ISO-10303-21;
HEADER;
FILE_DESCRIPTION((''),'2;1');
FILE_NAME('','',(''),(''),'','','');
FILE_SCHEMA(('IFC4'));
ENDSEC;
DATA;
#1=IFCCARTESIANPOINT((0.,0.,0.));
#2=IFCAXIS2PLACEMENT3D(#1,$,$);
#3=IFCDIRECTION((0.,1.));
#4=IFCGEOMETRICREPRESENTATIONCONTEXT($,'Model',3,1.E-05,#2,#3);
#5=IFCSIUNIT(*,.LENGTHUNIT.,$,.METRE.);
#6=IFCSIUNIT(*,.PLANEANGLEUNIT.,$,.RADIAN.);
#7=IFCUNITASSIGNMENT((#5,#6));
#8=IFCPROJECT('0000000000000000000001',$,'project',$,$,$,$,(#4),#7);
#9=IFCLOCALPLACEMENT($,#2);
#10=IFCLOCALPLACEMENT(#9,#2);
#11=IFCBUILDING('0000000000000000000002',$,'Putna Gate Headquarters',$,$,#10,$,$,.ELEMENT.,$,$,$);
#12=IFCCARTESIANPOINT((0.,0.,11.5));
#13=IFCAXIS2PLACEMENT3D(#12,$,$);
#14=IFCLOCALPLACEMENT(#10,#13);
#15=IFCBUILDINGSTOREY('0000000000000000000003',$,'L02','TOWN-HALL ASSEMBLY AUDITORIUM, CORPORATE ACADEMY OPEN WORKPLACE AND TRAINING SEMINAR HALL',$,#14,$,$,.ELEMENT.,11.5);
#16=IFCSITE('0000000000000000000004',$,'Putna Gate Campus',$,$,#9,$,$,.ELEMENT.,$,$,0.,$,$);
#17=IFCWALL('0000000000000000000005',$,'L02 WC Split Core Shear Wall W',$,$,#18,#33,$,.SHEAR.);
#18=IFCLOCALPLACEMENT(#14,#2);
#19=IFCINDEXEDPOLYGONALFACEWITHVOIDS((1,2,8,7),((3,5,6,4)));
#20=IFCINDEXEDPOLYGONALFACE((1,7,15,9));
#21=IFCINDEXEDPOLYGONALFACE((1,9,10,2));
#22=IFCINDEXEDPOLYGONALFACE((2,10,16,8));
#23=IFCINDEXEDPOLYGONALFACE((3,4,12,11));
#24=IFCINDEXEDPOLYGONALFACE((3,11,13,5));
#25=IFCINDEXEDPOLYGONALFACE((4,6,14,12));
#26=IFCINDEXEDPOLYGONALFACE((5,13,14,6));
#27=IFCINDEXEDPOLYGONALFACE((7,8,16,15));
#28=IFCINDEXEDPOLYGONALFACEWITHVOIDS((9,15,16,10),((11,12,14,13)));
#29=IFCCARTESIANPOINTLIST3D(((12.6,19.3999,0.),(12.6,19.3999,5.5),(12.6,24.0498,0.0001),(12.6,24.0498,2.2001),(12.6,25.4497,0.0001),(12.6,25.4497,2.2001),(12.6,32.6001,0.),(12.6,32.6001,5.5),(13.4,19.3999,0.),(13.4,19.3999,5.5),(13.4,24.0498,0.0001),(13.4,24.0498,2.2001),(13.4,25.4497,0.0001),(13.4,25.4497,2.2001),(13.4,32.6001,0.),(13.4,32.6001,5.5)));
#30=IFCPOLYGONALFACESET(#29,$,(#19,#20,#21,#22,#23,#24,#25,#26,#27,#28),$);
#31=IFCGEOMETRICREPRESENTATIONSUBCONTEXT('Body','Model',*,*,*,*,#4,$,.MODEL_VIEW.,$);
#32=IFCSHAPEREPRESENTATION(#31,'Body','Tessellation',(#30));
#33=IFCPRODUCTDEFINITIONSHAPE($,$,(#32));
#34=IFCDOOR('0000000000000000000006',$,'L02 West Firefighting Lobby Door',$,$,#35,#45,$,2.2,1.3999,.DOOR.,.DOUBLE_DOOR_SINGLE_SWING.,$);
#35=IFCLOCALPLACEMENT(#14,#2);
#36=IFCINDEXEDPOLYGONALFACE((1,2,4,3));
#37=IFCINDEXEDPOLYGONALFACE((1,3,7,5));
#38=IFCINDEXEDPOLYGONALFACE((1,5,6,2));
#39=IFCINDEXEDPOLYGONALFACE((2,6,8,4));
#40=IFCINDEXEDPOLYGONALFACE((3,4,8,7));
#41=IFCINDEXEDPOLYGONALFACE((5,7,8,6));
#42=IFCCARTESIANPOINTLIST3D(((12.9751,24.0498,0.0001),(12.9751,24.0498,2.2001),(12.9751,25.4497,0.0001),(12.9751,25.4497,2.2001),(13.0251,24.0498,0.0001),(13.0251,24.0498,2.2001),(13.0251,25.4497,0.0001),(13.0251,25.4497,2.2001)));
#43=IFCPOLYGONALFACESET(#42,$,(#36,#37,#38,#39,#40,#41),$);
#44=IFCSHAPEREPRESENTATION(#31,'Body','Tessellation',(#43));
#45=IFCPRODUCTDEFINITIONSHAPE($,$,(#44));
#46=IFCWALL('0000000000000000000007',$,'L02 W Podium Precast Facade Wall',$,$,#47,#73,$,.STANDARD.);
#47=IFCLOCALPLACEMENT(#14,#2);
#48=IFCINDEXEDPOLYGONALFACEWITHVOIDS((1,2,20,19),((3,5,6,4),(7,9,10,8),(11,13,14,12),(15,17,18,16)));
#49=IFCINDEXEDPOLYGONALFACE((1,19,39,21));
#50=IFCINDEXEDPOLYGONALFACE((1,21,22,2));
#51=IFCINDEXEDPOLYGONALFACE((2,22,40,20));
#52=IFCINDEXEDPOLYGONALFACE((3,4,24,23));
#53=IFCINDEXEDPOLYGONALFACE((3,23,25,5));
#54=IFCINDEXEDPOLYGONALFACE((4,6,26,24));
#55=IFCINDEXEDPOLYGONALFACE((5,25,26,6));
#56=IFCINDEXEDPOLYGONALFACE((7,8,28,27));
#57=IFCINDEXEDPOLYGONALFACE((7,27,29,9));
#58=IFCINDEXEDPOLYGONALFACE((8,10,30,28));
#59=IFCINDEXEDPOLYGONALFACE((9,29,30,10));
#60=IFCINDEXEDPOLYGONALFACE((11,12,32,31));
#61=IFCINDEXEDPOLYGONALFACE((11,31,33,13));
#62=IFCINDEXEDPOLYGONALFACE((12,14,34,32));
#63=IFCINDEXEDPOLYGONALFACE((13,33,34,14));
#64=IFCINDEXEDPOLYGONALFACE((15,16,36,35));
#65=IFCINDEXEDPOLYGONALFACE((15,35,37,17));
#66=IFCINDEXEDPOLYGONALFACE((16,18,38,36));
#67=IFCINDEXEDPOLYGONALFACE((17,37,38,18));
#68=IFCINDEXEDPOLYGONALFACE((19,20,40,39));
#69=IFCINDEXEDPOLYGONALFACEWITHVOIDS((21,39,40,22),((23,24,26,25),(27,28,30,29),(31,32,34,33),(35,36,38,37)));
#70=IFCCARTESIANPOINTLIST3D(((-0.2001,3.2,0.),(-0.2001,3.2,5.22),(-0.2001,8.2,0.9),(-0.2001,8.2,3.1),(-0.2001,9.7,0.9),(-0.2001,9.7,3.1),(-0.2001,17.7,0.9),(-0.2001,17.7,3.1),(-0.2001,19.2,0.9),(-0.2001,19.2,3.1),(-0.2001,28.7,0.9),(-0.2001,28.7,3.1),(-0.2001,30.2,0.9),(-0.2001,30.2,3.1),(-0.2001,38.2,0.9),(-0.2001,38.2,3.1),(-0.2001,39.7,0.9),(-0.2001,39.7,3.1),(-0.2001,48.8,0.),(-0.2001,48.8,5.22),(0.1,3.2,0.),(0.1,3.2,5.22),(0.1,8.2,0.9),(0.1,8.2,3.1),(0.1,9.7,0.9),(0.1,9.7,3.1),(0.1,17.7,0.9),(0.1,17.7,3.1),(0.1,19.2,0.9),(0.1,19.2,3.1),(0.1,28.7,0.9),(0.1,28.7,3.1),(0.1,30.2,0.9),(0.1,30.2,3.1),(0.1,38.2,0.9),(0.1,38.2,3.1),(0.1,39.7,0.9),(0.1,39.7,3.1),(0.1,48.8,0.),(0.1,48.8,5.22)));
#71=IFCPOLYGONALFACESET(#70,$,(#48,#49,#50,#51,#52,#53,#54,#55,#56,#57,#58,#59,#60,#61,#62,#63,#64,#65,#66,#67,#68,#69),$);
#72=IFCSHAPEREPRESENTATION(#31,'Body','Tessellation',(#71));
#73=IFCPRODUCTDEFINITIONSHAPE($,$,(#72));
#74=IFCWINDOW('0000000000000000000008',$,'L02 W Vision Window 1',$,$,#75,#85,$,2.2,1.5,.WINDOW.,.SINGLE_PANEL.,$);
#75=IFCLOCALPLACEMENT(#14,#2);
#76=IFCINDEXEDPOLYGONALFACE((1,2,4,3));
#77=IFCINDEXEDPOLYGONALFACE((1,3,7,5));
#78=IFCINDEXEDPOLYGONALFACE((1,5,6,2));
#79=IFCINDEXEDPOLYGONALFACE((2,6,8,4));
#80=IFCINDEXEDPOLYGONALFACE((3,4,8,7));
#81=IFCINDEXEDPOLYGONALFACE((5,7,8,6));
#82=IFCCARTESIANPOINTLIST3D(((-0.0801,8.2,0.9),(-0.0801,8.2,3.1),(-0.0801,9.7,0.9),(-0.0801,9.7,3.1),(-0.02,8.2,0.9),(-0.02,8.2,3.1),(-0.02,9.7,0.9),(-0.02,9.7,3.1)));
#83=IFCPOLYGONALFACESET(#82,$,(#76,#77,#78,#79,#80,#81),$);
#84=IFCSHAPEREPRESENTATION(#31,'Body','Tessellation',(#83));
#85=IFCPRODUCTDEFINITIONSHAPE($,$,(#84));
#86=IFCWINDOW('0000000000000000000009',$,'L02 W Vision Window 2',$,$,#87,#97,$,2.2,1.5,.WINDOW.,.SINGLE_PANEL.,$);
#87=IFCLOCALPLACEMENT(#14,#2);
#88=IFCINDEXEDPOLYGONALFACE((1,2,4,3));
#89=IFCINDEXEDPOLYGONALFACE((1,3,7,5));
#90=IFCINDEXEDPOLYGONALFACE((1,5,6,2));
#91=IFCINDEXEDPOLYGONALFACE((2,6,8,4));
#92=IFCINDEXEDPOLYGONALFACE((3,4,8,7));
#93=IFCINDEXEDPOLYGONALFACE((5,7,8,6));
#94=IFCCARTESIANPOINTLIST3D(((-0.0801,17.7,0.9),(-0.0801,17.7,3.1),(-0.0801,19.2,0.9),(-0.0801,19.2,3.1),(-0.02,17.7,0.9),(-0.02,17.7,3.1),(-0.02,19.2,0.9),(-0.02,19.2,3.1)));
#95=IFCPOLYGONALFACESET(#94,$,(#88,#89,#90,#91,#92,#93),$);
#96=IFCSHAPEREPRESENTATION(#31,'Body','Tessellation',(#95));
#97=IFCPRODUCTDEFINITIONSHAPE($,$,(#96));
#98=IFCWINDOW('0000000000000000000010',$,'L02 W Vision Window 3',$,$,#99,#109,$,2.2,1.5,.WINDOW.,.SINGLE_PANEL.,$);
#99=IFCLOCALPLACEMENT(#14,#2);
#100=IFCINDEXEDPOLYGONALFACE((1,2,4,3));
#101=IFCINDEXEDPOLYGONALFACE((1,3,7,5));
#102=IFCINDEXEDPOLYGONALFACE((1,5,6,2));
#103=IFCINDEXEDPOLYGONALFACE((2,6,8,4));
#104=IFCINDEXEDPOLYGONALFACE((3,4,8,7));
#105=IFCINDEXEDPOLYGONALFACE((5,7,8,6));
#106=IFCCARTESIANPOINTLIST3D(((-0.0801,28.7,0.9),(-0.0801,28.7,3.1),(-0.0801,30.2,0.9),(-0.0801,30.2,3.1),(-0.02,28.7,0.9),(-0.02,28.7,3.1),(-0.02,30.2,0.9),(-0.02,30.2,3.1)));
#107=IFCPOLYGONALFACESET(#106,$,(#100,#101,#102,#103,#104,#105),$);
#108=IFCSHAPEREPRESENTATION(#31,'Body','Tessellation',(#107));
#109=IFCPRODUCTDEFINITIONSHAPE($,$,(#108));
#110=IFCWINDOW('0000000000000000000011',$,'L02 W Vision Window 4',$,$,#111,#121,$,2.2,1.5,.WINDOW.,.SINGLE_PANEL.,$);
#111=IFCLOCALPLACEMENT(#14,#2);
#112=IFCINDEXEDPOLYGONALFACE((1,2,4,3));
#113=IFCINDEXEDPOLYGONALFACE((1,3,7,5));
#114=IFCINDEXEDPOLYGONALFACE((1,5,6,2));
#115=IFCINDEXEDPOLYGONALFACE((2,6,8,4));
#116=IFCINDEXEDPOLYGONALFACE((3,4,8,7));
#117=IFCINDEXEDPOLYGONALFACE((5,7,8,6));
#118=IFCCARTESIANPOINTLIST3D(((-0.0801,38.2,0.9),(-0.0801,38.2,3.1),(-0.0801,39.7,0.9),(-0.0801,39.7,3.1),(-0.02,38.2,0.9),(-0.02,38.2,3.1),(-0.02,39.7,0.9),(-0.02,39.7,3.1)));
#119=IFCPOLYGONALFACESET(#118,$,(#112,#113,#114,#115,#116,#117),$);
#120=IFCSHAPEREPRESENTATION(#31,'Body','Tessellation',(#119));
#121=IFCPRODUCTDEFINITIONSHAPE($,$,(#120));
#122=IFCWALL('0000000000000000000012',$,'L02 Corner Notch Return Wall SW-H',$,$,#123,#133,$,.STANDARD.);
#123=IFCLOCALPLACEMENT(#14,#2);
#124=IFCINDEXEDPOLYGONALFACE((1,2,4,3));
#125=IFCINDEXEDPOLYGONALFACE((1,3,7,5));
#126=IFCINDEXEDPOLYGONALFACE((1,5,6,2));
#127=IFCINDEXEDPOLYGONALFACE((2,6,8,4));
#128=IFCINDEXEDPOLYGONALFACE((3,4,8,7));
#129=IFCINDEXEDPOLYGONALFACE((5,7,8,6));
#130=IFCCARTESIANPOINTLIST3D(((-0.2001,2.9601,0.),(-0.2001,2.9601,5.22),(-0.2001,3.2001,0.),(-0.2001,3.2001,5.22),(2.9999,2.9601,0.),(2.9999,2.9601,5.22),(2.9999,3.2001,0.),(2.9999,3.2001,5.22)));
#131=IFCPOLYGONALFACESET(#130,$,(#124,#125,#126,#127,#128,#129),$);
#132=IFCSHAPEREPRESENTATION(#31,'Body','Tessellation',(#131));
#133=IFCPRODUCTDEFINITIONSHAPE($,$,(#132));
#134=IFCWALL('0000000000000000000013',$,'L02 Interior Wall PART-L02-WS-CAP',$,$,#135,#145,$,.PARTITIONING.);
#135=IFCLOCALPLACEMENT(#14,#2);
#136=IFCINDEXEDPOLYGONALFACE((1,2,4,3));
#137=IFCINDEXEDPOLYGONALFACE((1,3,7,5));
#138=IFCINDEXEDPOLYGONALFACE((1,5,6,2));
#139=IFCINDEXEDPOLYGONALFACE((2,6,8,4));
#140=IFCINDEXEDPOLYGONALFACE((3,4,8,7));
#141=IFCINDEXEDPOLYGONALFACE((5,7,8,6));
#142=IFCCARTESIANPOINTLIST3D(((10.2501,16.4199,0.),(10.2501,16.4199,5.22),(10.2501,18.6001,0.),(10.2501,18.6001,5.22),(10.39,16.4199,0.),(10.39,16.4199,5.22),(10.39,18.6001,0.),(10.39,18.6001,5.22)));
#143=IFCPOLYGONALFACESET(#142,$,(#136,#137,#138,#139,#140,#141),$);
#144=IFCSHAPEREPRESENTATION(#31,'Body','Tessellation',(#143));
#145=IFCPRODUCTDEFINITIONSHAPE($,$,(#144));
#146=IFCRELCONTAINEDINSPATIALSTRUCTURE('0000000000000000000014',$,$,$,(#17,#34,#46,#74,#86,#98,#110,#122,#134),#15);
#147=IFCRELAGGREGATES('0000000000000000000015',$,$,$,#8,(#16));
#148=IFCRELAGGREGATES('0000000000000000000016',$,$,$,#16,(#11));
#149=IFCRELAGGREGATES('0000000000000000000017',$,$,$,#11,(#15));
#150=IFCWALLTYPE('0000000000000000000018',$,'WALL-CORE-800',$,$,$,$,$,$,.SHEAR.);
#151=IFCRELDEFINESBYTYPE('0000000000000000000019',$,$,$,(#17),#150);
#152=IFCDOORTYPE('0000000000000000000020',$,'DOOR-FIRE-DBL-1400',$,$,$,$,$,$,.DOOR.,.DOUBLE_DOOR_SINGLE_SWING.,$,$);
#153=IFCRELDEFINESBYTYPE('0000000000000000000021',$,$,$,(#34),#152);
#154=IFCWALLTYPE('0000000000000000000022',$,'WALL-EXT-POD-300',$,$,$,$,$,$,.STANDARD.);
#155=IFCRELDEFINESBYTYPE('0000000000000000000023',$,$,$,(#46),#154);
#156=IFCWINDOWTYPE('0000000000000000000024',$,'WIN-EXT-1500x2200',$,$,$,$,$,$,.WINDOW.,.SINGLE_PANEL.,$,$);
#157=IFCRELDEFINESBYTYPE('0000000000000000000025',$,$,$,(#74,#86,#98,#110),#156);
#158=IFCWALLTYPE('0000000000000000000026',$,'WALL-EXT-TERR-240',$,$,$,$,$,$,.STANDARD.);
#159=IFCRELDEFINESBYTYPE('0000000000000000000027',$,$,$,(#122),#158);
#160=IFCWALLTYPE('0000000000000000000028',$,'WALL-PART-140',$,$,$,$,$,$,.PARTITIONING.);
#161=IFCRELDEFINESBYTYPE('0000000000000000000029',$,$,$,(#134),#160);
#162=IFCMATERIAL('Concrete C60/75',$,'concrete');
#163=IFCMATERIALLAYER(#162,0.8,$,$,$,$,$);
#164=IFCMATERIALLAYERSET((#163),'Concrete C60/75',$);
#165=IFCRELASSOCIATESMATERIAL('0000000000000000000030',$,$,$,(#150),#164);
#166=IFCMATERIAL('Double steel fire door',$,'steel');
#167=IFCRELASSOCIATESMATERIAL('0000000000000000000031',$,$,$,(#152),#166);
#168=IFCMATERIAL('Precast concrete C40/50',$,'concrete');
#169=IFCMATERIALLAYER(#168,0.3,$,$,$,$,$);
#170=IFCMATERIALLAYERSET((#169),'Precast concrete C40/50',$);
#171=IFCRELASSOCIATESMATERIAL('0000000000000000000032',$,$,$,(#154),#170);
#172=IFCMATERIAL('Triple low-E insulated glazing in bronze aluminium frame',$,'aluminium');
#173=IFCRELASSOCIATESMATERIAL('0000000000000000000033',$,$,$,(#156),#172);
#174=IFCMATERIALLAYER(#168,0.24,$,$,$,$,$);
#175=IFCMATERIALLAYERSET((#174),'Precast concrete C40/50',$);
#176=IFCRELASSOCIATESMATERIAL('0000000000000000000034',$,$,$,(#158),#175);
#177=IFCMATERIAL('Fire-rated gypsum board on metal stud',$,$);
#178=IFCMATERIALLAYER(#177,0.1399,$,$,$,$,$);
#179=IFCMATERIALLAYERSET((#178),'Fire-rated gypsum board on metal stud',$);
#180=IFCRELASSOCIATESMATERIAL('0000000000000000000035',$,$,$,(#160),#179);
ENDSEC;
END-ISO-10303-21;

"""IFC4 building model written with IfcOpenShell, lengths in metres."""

from ifc_helpers import new_model, si_unit, direction, frame, frame_2d, origin, place, context, subcontext, project, spatial, rectangle, extrude, material, layer, layer_set, type_object, element, fill, save


model = new_model("IFC4")

# Units and contexts
model_context = context("Model", 3, precision=1e-05, world=origin(), true_north=direction((0.0, 1.0)))
body_context = subcontext(model_context, "Body", "Model", "MODEL_VIEW")
ifc_project = project(units=[si_unit("LENGTHUNIT", "METRE"), si_unit("PLANEANGLEUNIT", "RADIAN")], contexts=[model_context])

# Site, building, storey
site_placement = place(None, origin())
site = spatial("IfcSite", under=ifc_project, at=site_placement, Name="Putna Gate Campus", CompositionType="ELEMENT", RefElevation=0.0)
building_placement = place(site_placement, origin())
building = spatial("IfcBuilding", under=site, at=building_placement, Name="Putna Gate Headquarters", CompositionType="ELEMENT")
storey_placement = place(building_placement, frame((0.0, 0.0, 11.5)))
storey = spatial("IfcBuildingStorey", under=building, at=storey_placement, Name="L02", Description="TOWN-HALL ASSEMBLY AUDITORIUM, CORPORATE ACADEMY OPEN WORKPLACE AND TRAINING SEMINAR HALL", CompositionType="ELEMENT", Elevation=11.5)

# Shared definitions
ifc_material_1 = material(Name="Concrete C60/75", Category="concrete")

# Wall, opening, door
ifc_layer_1 = layer(ifc_material_1, 0.8)
ifc_layer_set_1 = layer_set([ifc_layer_1], Name="Concrete C60/75")
wall_type_1 = type_object("IfcWallType", Name="WALL-CORE-800", PredefinedType="SHEAR", material=ifc_layer_set_1)
ifc_material_2 = material(Name="Double steel fire door", Category="steel")
door_type_1 = type_object("IfcDoorType", Name="DOOR-FIRE-DBL-1400", OperationType="DOUBLE_DOOR_SINGLE_SWING", PredefinedType="DOOR", material=ifc_material_2)
wall_1_placement = place(storey_placement, frame((13.0, 19.3999, 0.0), z_axis=(0.0, 0.0, 1.0), x_axis=(0.0, 1.0, 0.0)))
wall_1 = element("IfcWall", 1, at=wall_1_placement, inside=storey, type_object=wall_type_1, Name="L02 WC Split Core Shear Wall W", PredefinedType="SHEAR", context=body_context, shape_type="SweptSolid", body=[
    extrude(rectangle(XDim=13.2002, YDim=0.8, at=frame_2d((6.6001, 0.0))), origin(), (0.0, 0.0, 1.0), 5.5),
])
opening_1_placement = place(wall_1_placement, frame((4.6499, 0.0, 0.0)))
opening_1 = element("IfcOpeningElement", 2, at=opening_1_placement, cuts=wall_1, PredefinedType="OPENING", context=body_context, shape_type="SweptSolid", body=[
    extrude(rectangle(XDim=1.3999, YDim=2.2, at=frame_2d((0.7, 1.1001))), frame((0.0, 0.4099, 0.0), z_axis=(0.0, -1.0, 0.0), x_axis=(1.0, 0.0, 0.0)), (0.0, 0.0, 1.0), 0.8201),
])
door_1_placement = place(opening_1_placement, origin())
door_1 = element("IfcDoor", 3, at=door_1_placement, inside=storey, type_object=door_type_1, Name="L02 West Firefighting Lobby Door", OperationType="DOUBLE_DOOR_SINGLE_SWING", OverallHeight=2.2, OverallWidth=1.3999, PredefinedType="DOOR", context=body_context, shape_type="SweptSolid", body=[
    extrude(rectangle(XDim=1.3999, YDim=2.2, at=frame_2d((0.7, 1.1001))), frame((0.0, 0.0249, 0.0), z_axis=(0.0, -1.0, 0.0), x_axis=(1.0, 0.0, 0.0)), (0.0, 0.0, 1.0), 0.05),
])
fill(opening_1, door_1)

# Wall, openings, windows
ifc_material_3 = material(Name="Precast concrete C40/50", Category="concrete")
ifc_layer_2 = layer(ifc_material_3, 0.3)
ifc_layer_set_2 = layer_set([ifc_layer_2], Name="Precast concrete C40/50")
wall_type_2 = type_object("IfcWallType", Name="WALL-EXT-POD-300", PredefinedType="STANDARD", material=ifc_layer_set_2)
wall_2_placement = place(storey_placement, frame((-0.05, 3.2, 0.0), z_axis=(0.0, 0.0, 1.0), x_axis=(0.0, 1.0, 0.0)))
wall_2 = element("IfcWall", 4, at=wall_2_placement, inside=storey, type_object=wall_type_2, Name="L02 W Podium Precast Facade Wall", PredefinedType="STANDARD", context=body_context, shape_type="SweptSolid", body=[
    extrude(rectangle(XDim=45.6001, YDim=0.3, at=frame_2d((22.8, 0.0))), origin(), (0.0, 0.0, 1.0), 5.22),
])
opening_2_placement = place(wall_2_placement, frame((5.0, 0.0, 0.8999)))
opening_2 = element("IfcOpeningElement", 5, at=opening_2_placement, cuts=wall_2, PredefinedType="OPENING", context=body_context, shape_type="SweptSolid", body=[
    extrude(rectangle(XDim=1.5, YDim=2.2, at=frame_2d((0.75, 1.1001))), frame((0.0, 0.1599, 0.0), z_axis=(0.0, -1.0, 0.0), x_axis=(1.0, 0.0, 0.0)), (0.0, 0.0, 1.0), 0.3201),
])
opening_3_placement = place(wall_2_placement, frame((14.5, 0.0, 0.8999)))
opening_3 = element("IfcOpeningElement", 6, at=opening_3_placement, cuts=wall_2, PredefinedType="OPENING", context=body_context, shape_type="SweptSolid", body=[
    extrude(rectangle(XDim=1.5, YDim=2.2, at=frame_2d((0.75, 1.1001))), frame((0.0, 0.1599, 0.0), z_axis=(0.0, -1.0, 0.0), x_axis=(1.0, 0.0, 0.0)), (0.0, 0.0, 1.0), 0.3201),
])
opening_4_placement = place(wall_2_placement, frame((25.5, 0.0, 0.8999)))
opening_4 = element("IfcOpeningElement", 7, at=opening_4_placement, cuts=wall_2, PredefinedType="OPENING", context=body_context, shape_type="SweptSolid", body=[
    extrude(rectangle(XDim=1.5, YDim=2.2, at=frame_2d((0.75, 1.1001))), frame((0.0, 0.1599, 0.0), z_axis=(0.0, -1.0, 0.0), x_axis=(1.0, 0.0, 0.0)), (0.0, 0.0, 1.0), 0.3201),
])
opening_5_placement = place(wall_2_placement, frame((35.0, 0.0, 0.8999)))
opening_5 = element("IfcOpeningElement", 8, at=opening_5_placement, cuts=wall_2, PredefinedType="OPENING", context=body_context, shape_type="SweptSolid", body=[
    extrude(rectangle(XDim=1.5, YDim=2.2, at=frame_2d((0.75, 1.1001))), frame((0.0, 0.1599, 0.0), z_axis=(0.0, -1.0, 0.0), x_axis=(1.0, 0.0, 0.0)), (0.0, 0.0, 1.0), 0.3201),
])
ifc_material_4 = material(Name="Triple low-E insulated glazing in bronze aluminium frame", Category="aluminium")
window_type = type_object("IfcWindowType", Name="WIN-EXT-1500x2200", PartitioningType="SINGLE_PANEL", PredefinedType="WINDOW", material=ifc_material_4)
window_1_placement = place(opening_2_placement, origin())
window_1 = element("IfcWindow", 9, at=window_1_placement, inside=storey, type_object=window_type, Name="L02 W Vision Window 1", OverallHeight=2.2, OverallWidth=1.5, PartitioningType="SINGLE_PANEL", PredefinedType="WINDOW", context=body_context, shape_type="SweptSolid", body=[
    extrude(rectangle(XDim=1.5, YDim=2.2, at=frame_2d((0.75, 1.1001))), frame((0.0, 0.03, 0.0), z_axis=(0.0, -1.0, 0.0), x_axis=(1.0, 0.0, 0.0)), (0.0, 0.0, 1.0), 0.0601),
])
fill(opening_2, window_1)
window_2_placement = place(opening_3_placement, origin())
window_2 = element("IfcWindow", 10, at=window_2_placement, inside=storey, type_object=window_type, Name="L02 W Vision Window 2", OverallHeight=2.2, OverallWidth=1.5, PartitioningType="SINGLE_PANEL", PredefinedType="WINDOW", context=body_context, shape_type="SweptSolid", body=[
    extrude(rectangle(XDim=1.5, YDim=2.2, at=frame_2d((0.75, 1.1001))), frame((0.0, 0.03, 0.0), z_axis=(0.0, -1.0, 0.0), x_axis=(1.0, 0.0, 0.0)), (0.0, 0.0, 1.0), 0.0601),
])
fill(opening_3, window_2)
window_3_placement = place(opening_4_placement, origin())
window_3 = element("IfcWindow", 11, at=window_3_placement, inside=storey, type_object=window_type, Name="L02 W Vision Window 3", OverallHeight=2.2, OverallWidth=1.5, PartitioningType="SINGLE_PANEL", PredefinedType="WINDOW", context=body_context, shape_type="SweptSolid", body=[
    extrude(rectangle(XDim=1.5, YDim=2.2, at=frame_2d((0.75, 1.1001))), frame((0.0, 0.03, 0.0), z_axis=(0.0, -1.0, 0.0), x_axis=(1.0, 0.0, 0.0)), (0.0, 0.0, 1.0), 0.0601),
])
fill(opening_4, window_3)
window_4_placement = place(opening_5_placement, origin())
window_4 = element("IfcWindow", 12, at=window_4_placement, inside=storey, type_object=window_type, Name="L02 W Vision Window 4", OverallHeight=2.2, OverallWidth=1.5, PartitioningType="SINGLE_PANEL", PredefinedType="WINDOW", context=body_context, shape_type="SweptSolid", body=[
    extrude(rectangle(XDim=1.5, YDim=2.2, at=frame_2d((0.75, 1.1001))), frame((0.0, 0.03, 0.0), z_axis=(0.0, -1.0, 0.0), x_axis=(1.0, 0.0, 0.0)), (0.0, 0.0, 1.0), 0.0601),
])
fill(opening_5, window_4)

# Walls
ifc_layer_3 = layer(ifc_material_3, 0.24)
ifc_layer_set_3 = layer_set([ifc_layer_3], Name="Precast concrete C40/50")
wall_type_3 = type_object("IfcWallType", Name="WALL-EXT-TERR-240", PredefinedType="STANDARD", material=ifc_layer_set_3)
wall_3_placement = place(storey_placement, frame((3.0, 3.0801, 0.0), z_axis=(0.0, 0.0, 1.0), x_axis=(-1.0, 0.0, 0.0)))
element("IfcWall", 13, at=wall_3_placement, inside=storey, type_object=wall_type_3, Name="L02 Corner Notch Return Wall SW-H", PredefinedType="STANDARD", context=body_context, shape_type="SweptSolid", body=[
    extrude(rectangle(XDim=3.2, YDim=0.24, at=frame_2d((1.6001, 0.0))), origin(), (0.0, 0.0, 1.0), 5.22),
])
ifc_material_5 = material(Name="Fire-rated gypsum board on metal stud")
ifc_layer_4 = layer(ifc_material_5, 0.1399)
ifc_layer_set_4 = layer_set([ifc_layer_4], Name="Fire-rated gypsum board on metal stud")
wall_type_4 = type_object("IfcWallType", Name="WALL-PART-140", PredefinedType="PARTITIONING", material=ifc_layer_set_4)
wall_4_placement = place(storey_placement, frame((10.3201, 16.4199, 0.0), z_axis=(0.0, 0.0, 1.0), x_axis=(0.0, 1.0, 0.0)))
element("IfcWall", 14, at=wall_4_placement, inside=storey, type_object=wall_type_4, Name="L02 Interior Wall PART-L02-WS-CAP", PredefinedType="PARTITIONING", context=body_context, shape_type="SweptSolid", body=[
    extrude(rectangle(XDim=2.1802, YDim=0.1399, at=frame_2d((1.0901, 0.0))), origin(), (0.0, 0.0, 1.0), 5.22),
])

save(model, "model.ifc")
